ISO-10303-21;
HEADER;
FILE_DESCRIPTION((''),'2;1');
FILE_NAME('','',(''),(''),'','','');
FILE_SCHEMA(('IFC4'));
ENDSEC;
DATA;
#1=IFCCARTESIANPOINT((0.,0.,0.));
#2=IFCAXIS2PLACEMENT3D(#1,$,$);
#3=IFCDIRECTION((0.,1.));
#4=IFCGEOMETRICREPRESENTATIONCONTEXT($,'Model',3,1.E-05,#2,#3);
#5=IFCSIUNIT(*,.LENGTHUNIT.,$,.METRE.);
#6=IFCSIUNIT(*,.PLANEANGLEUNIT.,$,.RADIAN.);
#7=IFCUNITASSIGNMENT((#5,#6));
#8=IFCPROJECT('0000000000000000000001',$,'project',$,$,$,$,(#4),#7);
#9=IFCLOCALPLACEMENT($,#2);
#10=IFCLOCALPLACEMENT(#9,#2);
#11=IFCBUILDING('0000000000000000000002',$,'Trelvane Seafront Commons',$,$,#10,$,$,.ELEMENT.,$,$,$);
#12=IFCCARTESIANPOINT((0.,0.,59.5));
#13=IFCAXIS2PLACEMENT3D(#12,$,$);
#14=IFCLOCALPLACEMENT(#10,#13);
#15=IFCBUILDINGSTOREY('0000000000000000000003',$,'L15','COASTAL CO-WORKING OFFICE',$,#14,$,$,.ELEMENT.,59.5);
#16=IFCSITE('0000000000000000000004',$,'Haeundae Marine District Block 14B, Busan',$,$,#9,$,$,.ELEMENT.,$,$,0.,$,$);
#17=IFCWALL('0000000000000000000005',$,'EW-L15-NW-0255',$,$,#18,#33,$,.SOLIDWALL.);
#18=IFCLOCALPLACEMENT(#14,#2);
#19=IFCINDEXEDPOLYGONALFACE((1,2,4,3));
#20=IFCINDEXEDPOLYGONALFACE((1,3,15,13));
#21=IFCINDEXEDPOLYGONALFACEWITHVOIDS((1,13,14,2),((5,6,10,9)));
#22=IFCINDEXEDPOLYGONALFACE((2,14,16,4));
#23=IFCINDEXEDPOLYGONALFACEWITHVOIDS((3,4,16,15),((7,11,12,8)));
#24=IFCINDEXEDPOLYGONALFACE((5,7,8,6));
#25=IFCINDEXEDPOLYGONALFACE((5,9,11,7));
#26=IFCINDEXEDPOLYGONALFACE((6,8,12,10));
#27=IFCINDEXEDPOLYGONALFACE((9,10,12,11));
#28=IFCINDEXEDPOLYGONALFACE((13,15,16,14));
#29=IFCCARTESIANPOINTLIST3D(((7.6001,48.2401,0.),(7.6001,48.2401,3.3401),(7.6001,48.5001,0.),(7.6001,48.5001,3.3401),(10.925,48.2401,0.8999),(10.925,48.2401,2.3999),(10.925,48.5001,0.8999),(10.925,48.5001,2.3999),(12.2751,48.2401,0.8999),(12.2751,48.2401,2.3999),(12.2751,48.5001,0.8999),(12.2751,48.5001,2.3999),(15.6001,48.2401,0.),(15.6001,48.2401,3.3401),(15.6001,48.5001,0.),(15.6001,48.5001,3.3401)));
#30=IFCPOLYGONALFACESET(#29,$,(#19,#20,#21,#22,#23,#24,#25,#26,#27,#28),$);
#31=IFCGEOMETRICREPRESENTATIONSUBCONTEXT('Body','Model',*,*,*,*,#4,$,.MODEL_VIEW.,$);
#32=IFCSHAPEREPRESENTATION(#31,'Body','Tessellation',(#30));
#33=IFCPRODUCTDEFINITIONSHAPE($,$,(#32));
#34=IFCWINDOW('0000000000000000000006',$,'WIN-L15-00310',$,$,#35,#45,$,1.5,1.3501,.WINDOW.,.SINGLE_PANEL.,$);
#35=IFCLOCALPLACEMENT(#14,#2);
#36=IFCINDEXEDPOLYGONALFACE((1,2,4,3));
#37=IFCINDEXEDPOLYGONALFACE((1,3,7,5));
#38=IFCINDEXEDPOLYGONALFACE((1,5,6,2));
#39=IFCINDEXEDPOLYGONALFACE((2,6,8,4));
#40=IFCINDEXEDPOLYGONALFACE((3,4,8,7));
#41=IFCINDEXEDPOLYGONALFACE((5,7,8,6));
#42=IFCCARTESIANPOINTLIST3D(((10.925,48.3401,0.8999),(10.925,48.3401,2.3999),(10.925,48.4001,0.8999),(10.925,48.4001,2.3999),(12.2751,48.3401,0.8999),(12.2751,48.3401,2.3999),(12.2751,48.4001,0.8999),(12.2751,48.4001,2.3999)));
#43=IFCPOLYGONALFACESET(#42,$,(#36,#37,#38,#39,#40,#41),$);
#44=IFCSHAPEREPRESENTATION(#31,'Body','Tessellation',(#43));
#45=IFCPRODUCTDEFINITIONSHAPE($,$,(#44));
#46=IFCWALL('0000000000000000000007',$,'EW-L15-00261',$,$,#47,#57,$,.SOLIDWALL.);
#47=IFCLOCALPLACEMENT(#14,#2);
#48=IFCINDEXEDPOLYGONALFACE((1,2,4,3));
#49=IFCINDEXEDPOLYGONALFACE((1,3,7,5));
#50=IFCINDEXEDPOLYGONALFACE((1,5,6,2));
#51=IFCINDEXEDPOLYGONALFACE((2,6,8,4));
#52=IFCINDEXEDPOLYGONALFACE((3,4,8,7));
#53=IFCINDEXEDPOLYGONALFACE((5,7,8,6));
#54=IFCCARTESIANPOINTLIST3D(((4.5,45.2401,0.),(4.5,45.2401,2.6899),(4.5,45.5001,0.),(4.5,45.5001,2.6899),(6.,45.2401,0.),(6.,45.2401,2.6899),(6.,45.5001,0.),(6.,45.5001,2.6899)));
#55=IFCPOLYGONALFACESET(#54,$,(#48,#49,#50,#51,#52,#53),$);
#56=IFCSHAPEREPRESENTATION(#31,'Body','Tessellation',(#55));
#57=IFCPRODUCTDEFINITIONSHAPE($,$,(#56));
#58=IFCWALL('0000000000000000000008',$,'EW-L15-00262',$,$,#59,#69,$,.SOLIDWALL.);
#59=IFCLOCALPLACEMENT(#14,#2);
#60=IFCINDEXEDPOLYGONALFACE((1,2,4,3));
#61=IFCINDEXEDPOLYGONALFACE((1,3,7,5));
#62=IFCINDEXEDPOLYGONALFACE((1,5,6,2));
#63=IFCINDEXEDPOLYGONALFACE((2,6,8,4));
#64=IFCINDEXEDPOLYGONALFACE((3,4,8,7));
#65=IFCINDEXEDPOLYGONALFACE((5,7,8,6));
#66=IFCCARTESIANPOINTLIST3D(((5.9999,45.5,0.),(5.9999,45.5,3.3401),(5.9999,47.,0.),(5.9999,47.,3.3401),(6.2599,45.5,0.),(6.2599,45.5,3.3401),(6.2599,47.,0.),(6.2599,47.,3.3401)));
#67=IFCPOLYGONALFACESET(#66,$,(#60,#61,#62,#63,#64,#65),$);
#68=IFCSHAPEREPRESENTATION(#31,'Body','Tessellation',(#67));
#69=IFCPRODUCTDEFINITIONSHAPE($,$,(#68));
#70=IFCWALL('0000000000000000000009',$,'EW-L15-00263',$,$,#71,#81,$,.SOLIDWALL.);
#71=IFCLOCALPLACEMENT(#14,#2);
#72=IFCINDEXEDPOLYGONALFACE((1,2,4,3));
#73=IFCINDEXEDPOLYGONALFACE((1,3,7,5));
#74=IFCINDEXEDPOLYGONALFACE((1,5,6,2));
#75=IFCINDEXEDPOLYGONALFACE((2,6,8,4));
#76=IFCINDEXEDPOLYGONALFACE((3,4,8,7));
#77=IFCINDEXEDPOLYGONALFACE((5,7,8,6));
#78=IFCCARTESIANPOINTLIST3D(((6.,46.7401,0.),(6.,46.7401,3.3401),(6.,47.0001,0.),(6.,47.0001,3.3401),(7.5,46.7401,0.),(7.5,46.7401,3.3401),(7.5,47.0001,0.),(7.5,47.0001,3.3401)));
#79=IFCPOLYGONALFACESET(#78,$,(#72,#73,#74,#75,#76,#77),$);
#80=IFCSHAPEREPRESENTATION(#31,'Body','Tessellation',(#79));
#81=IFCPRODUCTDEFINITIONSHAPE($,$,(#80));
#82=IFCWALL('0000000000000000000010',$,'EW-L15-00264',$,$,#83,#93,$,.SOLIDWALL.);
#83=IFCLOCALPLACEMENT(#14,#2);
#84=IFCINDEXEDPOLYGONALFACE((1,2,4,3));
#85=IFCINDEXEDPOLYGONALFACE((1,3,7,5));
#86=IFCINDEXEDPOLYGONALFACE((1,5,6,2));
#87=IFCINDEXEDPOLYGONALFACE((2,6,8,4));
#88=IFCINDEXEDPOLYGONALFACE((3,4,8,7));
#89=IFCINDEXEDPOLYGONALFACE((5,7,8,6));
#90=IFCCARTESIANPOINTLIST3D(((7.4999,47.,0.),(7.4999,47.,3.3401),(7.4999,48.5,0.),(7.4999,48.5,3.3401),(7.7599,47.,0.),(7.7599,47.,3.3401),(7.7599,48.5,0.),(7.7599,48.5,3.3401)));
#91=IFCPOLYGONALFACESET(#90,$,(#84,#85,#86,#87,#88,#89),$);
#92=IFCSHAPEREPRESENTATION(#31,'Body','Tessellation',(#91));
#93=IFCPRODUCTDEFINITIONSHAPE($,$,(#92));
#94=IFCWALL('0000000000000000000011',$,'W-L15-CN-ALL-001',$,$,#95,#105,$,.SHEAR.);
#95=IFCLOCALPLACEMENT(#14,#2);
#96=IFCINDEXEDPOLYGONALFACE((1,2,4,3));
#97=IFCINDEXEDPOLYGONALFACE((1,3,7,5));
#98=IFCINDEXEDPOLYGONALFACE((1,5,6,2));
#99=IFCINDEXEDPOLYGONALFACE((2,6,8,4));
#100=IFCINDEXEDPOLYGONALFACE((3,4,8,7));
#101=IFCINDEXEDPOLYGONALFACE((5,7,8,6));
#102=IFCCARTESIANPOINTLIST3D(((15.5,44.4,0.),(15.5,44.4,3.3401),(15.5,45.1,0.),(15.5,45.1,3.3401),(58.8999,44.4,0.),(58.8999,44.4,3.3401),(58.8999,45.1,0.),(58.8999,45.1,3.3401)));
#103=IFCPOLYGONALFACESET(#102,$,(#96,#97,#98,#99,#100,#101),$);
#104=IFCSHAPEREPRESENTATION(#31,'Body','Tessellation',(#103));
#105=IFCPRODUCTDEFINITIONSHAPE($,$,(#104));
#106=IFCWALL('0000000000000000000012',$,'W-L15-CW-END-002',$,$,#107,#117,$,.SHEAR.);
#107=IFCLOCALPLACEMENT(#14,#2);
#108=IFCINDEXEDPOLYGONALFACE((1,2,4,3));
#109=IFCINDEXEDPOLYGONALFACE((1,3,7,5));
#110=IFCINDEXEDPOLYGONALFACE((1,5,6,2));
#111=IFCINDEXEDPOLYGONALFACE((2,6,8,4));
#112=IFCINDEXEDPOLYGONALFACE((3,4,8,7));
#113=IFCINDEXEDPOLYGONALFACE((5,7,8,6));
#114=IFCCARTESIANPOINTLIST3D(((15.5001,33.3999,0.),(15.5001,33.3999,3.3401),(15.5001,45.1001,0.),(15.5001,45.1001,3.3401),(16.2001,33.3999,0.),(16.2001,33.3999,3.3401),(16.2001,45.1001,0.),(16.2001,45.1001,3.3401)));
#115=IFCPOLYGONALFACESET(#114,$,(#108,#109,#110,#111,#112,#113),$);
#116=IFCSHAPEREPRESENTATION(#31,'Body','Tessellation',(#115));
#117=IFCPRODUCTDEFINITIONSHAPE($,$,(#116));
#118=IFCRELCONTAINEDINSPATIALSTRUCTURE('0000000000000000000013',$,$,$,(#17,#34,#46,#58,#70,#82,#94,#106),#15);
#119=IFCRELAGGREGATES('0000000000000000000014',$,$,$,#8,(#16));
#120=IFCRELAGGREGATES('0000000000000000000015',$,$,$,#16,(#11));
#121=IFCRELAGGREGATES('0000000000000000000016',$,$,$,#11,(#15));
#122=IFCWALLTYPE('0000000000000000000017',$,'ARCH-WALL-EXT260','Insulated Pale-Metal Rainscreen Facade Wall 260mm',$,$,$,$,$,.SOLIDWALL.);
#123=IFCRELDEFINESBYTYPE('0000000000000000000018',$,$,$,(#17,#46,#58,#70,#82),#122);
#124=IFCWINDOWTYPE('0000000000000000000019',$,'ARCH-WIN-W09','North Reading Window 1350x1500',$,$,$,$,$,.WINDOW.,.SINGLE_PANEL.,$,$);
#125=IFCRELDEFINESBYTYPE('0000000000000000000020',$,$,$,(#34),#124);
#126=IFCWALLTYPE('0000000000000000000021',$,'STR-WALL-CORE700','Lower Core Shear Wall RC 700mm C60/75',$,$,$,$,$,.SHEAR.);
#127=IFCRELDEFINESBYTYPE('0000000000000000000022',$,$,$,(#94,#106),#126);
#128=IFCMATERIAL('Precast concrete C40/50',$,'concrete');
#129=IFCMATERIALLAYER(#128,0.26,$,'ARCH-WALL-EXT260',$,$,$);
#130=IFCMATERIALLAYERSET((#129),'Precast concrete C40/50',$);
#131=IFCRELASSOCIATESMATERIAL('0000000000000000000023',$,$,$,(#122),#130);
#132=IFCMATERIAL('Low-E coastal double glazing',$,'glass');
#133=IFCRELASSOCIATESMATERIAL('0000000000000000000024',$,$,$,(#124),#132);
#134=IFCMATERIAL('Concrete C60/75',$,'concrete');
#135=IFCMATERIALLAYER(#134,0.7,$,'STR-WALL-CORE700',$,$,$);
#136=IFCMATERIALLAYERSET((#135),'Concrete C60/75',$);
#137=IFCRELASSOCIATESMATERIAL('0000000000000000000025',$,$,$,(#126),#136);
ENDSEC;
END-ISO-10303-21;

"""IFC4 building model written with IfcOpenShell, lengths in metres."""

from ifc_helpers import new_model, si_unit, direction, frame, frame_2d, origin, place, context, subcontext, project, spatial, rectangle, extrude, source, transform, mapped, material, layer, layer_set, type_object, element, fill, save


model = new_model("IFC4")

# Units and contexts
model_context = context("Model", 3, precision=1e-05, world=origin(), true_north=direction((0.0, 1.0)))
body_context = subcontext(model_context, "Body", "Model", "MODEL_VIEW")
ifc_project = project(units=[si_unit("LENGTHUNIT", "METRE"), si_unit("PLANEANGLEUNIT", "RADIAN")], contexts=[model_context])

# Site, building, storey
site_placement = place(None, origin())
site = spatial("IfcSite", under=ifc_project, at=site_placement, Name="Haeundae Marine District Block 14B, Busan", CompositionType="ELEMENT", RefElevation=0.0)
building_placement = place(site_placement, origin())
building = spatial("IfcBuilding", under=site, at=building_placement, Name="Trelvane Seafront Commons", CompositionType="ELEMENT")
storey_placement = place(building_placement, frame((0.0, 0.0, 59.5)))
storey = spatial("IfcBuildingStorey", under=building, at=storey_placement, Name="L15", Description="COASTAL CO-WORKING OFFICE", CompositionType="ELEMENT", Elevation=59.5)

# Shared definitions
ifc_material_1 = material(Name="Concrete C60/75", Category="concrete")

# Wall, opening, window
ifc_material_2 = material(Name="Precast concrete C40/50", Category="concrete")
ifc_layer_1 = layer(ifc_material_2, 0.26, Name="ARCH-WALL-EXT260")
ifc_layer_set_1 = layer_set([ifc_layer_1], Name="Precast concrete C40/50")
wall_type_1 = type_object("IfcWallType", Name="ARCH-WALL-EXT260", Description="Insulated Pale-Metal Rainscreen Facade Wall 260mm", PredefinedType="SOLIDWALL", material=ifc_layer_set_1)
wall_1_placement = place(storey_placement, frame((7.6001, 48.3701, 0.0), z_axis=(0.0, 0.0, 1.0), x_axis=(1.0, 0.0, 0.0)))
wall_1 = element("IfcWall", 1, at=wall_1_placement, inside=storey, type_object=wall_type_1, Name="EW-L15-NW-0255", PredefinedType="SOLIDWALL", context=body_context, shape_type="SweptSolid", body=[
    extrude(rectangle(XDim=8.0, YDim=0.26, at=frame_2d((4.0, 0.0))), origin(), (0.0, 0.0, 1.0), 3.3401),
])
opening_1_placement = place(wall_1_placement, frame((3.325, 0.0, 0.8999)))
opening_1 = element("IfcOpeningElement", 2, at=opening_1_placement, cuts=wall_1, PredefinedType="OPENING", context=body_context, shape_type="SweptSolid", body=[
    extrude(rectangle(XDim=1.3501, YDim=1.5, at=frame_2d((0.675, 0.75))), frame((0.0, 0.1399, 0.0), z_axis=(0.0, -1.0, 0.0), x_axis=(1.0, 0.0, 0.0)), (0.0, 0.0, 1.0), 0.28),
])
ifc_material_3 = material(Name="Low-E coastal double glazing", Category="glass")
window_type = type_object("IfcWindowType", Name="ARCH-WIN-W09", Description="North Reading Window 1350x1500", PartitioningType="SINGLE_PANEL", PredefinedType="WINDOW", material=ifc_material_3)
shared_shape_1 = source(origin(), body_context, "Body", "SweptSolid", [
    extrude(rectangle(XDim=1.3501, YDim=1.5, at=frame_2d((0.675, 0.75))), frame((0.0, 0.03, 0.0), z_axis=(0.0, -1.0, 0.0), x_axis=(1.0, 0.0, 0.0)), (0.0, 0.0, 1.0), 0.0601),
])
window_placement = place(opening_1_placement, origin())
window = element("IfcWindow", 3, at=window_placement, inside=storey, type_object=window_type, Name="WIN-L15-00310", OverallHeight=1.5, OverallWidth=1.3501, PartitioningType="SINGLE_PANEL", PredefinedType="WINDOW", context=body_context, shape_type="MappedRepresentation", body=[
    mapped(shared_shape_1, transform((0.0, 0.0, 0.0), x_axis=(1.0, 0.0, 0.0), y_axis=(0.0, 1.0, 0.0), z_axis=(0.0, 0.0, 1.0), scale=1.0)),
])
fill(opening_1, window)

# Walls
wall_2_placement = place(storey_placement, frame((4.5, 45.3701, 0.0), z_axis=(0.0, 0.0, 1.0), x_axis=(1.0, 0.0, 0.0)))
element("IfcWall", 4, at=wall_2_placement, inside=storey, type_object=wall_type_1, Name="EW-L15-00261", PredefinedType="SOLIDWALL", context=body_context, shape_type="SweptSolid", body=[
    extrude(rectangle(XDim=1.5, YDim=0.26, at=frame_2d((0.75, 0.0))), origin(), (0.0, 0.0, 1.0), 2.6899),
])
for number, where, z_axis, x_axis, name in (
    (5, (6.1299, 45.5, 0.0), (0.0, 0.0, 1.0), (0.0, 1.0, 0.0), "EW-L15-00262"),
    (6, (6.0, 46.8701, 0.0), (0.0, 0.0, 1.0), (1.0, 0.0, 0.0), "EW-L15-00263"),
    (7, (7.6299, 47.0, 0.0), (0.0, 0.0, 1.0), (0.0, 1.0, 0.0), "EW-L15-00264"),
):
    element("IfcWall", number, at=place(storey_placement, frame(where, z_axis=z_axis, x_axis=x_axis)), inside=storey, type_object=wall_type_1, Name=name, PredefinedType="SOLIDWALL", context=body_context, shape_type="SweptSolid", body=[
        extrude(rectangle(XDim=1.5, YDim=0.26, at=frame_2d((0.75, 0.0))), origin(), (0.0, 0.0, 1.0), 3.3401),
    ])

# Walls
ifc_layer_2 = layer(ifc_material_1, 0.7, Name="STR-WALL-CORE700")
ifc_layer_set_2 = layer_set([ifc_layer_2], Name="Concrete C60/75")
wall_type_2 = type_object("IfcWallType", Name="STR-WALL-CORE700", Description="Lower Core Shear Wall RC 700mm C60/75", PredefinedType="SHEAR", material=ifc_layer_set_2)
wall_3_placement = place(storey_placement, frame((15.5, 44.75, 0.0), z_axis=(0.0, 0.0, 1.0), x_axis=(1.0, 0.0, 0.0)))
element("IfcWall", 8, at=wall_3_placement, inside=storey, type_object=wall_type_2, Name="W-L15-CN-ALL-001", PredefinedType="SHEAR", context=body_context, shape_type="SweptSolid", body=[
    extrude(rectangle(XDim=43.3999, YDim=0.7, at=frame_2d((21.7, 0.0))), origin(), (0.0, 0.0, 1.0), 3.3401),
])
wall_4_placement = place(storey_placement, frame((15.8501, 33.3999, 0.0), z_axis=(0.0, 0.0, 1.0), x_axis=(0.0, 1.0, 0.0)))
element("IfcWall", 9, at=wall_4_placement, inside=storey, type_object=wall_type_2, Name="W-L15-CW-END-002", PredefinedType="SHEAR", context=body_context, shape_type="SweptSolid", body=[
    extrude(rectangle(XDim=11.7002, YDim=0.7, at=frame_2d((5.8501, 0.0))), origin(), (0.0, 0.0, 1.0), 3.3401),
])

save(model, "model.ifc")
